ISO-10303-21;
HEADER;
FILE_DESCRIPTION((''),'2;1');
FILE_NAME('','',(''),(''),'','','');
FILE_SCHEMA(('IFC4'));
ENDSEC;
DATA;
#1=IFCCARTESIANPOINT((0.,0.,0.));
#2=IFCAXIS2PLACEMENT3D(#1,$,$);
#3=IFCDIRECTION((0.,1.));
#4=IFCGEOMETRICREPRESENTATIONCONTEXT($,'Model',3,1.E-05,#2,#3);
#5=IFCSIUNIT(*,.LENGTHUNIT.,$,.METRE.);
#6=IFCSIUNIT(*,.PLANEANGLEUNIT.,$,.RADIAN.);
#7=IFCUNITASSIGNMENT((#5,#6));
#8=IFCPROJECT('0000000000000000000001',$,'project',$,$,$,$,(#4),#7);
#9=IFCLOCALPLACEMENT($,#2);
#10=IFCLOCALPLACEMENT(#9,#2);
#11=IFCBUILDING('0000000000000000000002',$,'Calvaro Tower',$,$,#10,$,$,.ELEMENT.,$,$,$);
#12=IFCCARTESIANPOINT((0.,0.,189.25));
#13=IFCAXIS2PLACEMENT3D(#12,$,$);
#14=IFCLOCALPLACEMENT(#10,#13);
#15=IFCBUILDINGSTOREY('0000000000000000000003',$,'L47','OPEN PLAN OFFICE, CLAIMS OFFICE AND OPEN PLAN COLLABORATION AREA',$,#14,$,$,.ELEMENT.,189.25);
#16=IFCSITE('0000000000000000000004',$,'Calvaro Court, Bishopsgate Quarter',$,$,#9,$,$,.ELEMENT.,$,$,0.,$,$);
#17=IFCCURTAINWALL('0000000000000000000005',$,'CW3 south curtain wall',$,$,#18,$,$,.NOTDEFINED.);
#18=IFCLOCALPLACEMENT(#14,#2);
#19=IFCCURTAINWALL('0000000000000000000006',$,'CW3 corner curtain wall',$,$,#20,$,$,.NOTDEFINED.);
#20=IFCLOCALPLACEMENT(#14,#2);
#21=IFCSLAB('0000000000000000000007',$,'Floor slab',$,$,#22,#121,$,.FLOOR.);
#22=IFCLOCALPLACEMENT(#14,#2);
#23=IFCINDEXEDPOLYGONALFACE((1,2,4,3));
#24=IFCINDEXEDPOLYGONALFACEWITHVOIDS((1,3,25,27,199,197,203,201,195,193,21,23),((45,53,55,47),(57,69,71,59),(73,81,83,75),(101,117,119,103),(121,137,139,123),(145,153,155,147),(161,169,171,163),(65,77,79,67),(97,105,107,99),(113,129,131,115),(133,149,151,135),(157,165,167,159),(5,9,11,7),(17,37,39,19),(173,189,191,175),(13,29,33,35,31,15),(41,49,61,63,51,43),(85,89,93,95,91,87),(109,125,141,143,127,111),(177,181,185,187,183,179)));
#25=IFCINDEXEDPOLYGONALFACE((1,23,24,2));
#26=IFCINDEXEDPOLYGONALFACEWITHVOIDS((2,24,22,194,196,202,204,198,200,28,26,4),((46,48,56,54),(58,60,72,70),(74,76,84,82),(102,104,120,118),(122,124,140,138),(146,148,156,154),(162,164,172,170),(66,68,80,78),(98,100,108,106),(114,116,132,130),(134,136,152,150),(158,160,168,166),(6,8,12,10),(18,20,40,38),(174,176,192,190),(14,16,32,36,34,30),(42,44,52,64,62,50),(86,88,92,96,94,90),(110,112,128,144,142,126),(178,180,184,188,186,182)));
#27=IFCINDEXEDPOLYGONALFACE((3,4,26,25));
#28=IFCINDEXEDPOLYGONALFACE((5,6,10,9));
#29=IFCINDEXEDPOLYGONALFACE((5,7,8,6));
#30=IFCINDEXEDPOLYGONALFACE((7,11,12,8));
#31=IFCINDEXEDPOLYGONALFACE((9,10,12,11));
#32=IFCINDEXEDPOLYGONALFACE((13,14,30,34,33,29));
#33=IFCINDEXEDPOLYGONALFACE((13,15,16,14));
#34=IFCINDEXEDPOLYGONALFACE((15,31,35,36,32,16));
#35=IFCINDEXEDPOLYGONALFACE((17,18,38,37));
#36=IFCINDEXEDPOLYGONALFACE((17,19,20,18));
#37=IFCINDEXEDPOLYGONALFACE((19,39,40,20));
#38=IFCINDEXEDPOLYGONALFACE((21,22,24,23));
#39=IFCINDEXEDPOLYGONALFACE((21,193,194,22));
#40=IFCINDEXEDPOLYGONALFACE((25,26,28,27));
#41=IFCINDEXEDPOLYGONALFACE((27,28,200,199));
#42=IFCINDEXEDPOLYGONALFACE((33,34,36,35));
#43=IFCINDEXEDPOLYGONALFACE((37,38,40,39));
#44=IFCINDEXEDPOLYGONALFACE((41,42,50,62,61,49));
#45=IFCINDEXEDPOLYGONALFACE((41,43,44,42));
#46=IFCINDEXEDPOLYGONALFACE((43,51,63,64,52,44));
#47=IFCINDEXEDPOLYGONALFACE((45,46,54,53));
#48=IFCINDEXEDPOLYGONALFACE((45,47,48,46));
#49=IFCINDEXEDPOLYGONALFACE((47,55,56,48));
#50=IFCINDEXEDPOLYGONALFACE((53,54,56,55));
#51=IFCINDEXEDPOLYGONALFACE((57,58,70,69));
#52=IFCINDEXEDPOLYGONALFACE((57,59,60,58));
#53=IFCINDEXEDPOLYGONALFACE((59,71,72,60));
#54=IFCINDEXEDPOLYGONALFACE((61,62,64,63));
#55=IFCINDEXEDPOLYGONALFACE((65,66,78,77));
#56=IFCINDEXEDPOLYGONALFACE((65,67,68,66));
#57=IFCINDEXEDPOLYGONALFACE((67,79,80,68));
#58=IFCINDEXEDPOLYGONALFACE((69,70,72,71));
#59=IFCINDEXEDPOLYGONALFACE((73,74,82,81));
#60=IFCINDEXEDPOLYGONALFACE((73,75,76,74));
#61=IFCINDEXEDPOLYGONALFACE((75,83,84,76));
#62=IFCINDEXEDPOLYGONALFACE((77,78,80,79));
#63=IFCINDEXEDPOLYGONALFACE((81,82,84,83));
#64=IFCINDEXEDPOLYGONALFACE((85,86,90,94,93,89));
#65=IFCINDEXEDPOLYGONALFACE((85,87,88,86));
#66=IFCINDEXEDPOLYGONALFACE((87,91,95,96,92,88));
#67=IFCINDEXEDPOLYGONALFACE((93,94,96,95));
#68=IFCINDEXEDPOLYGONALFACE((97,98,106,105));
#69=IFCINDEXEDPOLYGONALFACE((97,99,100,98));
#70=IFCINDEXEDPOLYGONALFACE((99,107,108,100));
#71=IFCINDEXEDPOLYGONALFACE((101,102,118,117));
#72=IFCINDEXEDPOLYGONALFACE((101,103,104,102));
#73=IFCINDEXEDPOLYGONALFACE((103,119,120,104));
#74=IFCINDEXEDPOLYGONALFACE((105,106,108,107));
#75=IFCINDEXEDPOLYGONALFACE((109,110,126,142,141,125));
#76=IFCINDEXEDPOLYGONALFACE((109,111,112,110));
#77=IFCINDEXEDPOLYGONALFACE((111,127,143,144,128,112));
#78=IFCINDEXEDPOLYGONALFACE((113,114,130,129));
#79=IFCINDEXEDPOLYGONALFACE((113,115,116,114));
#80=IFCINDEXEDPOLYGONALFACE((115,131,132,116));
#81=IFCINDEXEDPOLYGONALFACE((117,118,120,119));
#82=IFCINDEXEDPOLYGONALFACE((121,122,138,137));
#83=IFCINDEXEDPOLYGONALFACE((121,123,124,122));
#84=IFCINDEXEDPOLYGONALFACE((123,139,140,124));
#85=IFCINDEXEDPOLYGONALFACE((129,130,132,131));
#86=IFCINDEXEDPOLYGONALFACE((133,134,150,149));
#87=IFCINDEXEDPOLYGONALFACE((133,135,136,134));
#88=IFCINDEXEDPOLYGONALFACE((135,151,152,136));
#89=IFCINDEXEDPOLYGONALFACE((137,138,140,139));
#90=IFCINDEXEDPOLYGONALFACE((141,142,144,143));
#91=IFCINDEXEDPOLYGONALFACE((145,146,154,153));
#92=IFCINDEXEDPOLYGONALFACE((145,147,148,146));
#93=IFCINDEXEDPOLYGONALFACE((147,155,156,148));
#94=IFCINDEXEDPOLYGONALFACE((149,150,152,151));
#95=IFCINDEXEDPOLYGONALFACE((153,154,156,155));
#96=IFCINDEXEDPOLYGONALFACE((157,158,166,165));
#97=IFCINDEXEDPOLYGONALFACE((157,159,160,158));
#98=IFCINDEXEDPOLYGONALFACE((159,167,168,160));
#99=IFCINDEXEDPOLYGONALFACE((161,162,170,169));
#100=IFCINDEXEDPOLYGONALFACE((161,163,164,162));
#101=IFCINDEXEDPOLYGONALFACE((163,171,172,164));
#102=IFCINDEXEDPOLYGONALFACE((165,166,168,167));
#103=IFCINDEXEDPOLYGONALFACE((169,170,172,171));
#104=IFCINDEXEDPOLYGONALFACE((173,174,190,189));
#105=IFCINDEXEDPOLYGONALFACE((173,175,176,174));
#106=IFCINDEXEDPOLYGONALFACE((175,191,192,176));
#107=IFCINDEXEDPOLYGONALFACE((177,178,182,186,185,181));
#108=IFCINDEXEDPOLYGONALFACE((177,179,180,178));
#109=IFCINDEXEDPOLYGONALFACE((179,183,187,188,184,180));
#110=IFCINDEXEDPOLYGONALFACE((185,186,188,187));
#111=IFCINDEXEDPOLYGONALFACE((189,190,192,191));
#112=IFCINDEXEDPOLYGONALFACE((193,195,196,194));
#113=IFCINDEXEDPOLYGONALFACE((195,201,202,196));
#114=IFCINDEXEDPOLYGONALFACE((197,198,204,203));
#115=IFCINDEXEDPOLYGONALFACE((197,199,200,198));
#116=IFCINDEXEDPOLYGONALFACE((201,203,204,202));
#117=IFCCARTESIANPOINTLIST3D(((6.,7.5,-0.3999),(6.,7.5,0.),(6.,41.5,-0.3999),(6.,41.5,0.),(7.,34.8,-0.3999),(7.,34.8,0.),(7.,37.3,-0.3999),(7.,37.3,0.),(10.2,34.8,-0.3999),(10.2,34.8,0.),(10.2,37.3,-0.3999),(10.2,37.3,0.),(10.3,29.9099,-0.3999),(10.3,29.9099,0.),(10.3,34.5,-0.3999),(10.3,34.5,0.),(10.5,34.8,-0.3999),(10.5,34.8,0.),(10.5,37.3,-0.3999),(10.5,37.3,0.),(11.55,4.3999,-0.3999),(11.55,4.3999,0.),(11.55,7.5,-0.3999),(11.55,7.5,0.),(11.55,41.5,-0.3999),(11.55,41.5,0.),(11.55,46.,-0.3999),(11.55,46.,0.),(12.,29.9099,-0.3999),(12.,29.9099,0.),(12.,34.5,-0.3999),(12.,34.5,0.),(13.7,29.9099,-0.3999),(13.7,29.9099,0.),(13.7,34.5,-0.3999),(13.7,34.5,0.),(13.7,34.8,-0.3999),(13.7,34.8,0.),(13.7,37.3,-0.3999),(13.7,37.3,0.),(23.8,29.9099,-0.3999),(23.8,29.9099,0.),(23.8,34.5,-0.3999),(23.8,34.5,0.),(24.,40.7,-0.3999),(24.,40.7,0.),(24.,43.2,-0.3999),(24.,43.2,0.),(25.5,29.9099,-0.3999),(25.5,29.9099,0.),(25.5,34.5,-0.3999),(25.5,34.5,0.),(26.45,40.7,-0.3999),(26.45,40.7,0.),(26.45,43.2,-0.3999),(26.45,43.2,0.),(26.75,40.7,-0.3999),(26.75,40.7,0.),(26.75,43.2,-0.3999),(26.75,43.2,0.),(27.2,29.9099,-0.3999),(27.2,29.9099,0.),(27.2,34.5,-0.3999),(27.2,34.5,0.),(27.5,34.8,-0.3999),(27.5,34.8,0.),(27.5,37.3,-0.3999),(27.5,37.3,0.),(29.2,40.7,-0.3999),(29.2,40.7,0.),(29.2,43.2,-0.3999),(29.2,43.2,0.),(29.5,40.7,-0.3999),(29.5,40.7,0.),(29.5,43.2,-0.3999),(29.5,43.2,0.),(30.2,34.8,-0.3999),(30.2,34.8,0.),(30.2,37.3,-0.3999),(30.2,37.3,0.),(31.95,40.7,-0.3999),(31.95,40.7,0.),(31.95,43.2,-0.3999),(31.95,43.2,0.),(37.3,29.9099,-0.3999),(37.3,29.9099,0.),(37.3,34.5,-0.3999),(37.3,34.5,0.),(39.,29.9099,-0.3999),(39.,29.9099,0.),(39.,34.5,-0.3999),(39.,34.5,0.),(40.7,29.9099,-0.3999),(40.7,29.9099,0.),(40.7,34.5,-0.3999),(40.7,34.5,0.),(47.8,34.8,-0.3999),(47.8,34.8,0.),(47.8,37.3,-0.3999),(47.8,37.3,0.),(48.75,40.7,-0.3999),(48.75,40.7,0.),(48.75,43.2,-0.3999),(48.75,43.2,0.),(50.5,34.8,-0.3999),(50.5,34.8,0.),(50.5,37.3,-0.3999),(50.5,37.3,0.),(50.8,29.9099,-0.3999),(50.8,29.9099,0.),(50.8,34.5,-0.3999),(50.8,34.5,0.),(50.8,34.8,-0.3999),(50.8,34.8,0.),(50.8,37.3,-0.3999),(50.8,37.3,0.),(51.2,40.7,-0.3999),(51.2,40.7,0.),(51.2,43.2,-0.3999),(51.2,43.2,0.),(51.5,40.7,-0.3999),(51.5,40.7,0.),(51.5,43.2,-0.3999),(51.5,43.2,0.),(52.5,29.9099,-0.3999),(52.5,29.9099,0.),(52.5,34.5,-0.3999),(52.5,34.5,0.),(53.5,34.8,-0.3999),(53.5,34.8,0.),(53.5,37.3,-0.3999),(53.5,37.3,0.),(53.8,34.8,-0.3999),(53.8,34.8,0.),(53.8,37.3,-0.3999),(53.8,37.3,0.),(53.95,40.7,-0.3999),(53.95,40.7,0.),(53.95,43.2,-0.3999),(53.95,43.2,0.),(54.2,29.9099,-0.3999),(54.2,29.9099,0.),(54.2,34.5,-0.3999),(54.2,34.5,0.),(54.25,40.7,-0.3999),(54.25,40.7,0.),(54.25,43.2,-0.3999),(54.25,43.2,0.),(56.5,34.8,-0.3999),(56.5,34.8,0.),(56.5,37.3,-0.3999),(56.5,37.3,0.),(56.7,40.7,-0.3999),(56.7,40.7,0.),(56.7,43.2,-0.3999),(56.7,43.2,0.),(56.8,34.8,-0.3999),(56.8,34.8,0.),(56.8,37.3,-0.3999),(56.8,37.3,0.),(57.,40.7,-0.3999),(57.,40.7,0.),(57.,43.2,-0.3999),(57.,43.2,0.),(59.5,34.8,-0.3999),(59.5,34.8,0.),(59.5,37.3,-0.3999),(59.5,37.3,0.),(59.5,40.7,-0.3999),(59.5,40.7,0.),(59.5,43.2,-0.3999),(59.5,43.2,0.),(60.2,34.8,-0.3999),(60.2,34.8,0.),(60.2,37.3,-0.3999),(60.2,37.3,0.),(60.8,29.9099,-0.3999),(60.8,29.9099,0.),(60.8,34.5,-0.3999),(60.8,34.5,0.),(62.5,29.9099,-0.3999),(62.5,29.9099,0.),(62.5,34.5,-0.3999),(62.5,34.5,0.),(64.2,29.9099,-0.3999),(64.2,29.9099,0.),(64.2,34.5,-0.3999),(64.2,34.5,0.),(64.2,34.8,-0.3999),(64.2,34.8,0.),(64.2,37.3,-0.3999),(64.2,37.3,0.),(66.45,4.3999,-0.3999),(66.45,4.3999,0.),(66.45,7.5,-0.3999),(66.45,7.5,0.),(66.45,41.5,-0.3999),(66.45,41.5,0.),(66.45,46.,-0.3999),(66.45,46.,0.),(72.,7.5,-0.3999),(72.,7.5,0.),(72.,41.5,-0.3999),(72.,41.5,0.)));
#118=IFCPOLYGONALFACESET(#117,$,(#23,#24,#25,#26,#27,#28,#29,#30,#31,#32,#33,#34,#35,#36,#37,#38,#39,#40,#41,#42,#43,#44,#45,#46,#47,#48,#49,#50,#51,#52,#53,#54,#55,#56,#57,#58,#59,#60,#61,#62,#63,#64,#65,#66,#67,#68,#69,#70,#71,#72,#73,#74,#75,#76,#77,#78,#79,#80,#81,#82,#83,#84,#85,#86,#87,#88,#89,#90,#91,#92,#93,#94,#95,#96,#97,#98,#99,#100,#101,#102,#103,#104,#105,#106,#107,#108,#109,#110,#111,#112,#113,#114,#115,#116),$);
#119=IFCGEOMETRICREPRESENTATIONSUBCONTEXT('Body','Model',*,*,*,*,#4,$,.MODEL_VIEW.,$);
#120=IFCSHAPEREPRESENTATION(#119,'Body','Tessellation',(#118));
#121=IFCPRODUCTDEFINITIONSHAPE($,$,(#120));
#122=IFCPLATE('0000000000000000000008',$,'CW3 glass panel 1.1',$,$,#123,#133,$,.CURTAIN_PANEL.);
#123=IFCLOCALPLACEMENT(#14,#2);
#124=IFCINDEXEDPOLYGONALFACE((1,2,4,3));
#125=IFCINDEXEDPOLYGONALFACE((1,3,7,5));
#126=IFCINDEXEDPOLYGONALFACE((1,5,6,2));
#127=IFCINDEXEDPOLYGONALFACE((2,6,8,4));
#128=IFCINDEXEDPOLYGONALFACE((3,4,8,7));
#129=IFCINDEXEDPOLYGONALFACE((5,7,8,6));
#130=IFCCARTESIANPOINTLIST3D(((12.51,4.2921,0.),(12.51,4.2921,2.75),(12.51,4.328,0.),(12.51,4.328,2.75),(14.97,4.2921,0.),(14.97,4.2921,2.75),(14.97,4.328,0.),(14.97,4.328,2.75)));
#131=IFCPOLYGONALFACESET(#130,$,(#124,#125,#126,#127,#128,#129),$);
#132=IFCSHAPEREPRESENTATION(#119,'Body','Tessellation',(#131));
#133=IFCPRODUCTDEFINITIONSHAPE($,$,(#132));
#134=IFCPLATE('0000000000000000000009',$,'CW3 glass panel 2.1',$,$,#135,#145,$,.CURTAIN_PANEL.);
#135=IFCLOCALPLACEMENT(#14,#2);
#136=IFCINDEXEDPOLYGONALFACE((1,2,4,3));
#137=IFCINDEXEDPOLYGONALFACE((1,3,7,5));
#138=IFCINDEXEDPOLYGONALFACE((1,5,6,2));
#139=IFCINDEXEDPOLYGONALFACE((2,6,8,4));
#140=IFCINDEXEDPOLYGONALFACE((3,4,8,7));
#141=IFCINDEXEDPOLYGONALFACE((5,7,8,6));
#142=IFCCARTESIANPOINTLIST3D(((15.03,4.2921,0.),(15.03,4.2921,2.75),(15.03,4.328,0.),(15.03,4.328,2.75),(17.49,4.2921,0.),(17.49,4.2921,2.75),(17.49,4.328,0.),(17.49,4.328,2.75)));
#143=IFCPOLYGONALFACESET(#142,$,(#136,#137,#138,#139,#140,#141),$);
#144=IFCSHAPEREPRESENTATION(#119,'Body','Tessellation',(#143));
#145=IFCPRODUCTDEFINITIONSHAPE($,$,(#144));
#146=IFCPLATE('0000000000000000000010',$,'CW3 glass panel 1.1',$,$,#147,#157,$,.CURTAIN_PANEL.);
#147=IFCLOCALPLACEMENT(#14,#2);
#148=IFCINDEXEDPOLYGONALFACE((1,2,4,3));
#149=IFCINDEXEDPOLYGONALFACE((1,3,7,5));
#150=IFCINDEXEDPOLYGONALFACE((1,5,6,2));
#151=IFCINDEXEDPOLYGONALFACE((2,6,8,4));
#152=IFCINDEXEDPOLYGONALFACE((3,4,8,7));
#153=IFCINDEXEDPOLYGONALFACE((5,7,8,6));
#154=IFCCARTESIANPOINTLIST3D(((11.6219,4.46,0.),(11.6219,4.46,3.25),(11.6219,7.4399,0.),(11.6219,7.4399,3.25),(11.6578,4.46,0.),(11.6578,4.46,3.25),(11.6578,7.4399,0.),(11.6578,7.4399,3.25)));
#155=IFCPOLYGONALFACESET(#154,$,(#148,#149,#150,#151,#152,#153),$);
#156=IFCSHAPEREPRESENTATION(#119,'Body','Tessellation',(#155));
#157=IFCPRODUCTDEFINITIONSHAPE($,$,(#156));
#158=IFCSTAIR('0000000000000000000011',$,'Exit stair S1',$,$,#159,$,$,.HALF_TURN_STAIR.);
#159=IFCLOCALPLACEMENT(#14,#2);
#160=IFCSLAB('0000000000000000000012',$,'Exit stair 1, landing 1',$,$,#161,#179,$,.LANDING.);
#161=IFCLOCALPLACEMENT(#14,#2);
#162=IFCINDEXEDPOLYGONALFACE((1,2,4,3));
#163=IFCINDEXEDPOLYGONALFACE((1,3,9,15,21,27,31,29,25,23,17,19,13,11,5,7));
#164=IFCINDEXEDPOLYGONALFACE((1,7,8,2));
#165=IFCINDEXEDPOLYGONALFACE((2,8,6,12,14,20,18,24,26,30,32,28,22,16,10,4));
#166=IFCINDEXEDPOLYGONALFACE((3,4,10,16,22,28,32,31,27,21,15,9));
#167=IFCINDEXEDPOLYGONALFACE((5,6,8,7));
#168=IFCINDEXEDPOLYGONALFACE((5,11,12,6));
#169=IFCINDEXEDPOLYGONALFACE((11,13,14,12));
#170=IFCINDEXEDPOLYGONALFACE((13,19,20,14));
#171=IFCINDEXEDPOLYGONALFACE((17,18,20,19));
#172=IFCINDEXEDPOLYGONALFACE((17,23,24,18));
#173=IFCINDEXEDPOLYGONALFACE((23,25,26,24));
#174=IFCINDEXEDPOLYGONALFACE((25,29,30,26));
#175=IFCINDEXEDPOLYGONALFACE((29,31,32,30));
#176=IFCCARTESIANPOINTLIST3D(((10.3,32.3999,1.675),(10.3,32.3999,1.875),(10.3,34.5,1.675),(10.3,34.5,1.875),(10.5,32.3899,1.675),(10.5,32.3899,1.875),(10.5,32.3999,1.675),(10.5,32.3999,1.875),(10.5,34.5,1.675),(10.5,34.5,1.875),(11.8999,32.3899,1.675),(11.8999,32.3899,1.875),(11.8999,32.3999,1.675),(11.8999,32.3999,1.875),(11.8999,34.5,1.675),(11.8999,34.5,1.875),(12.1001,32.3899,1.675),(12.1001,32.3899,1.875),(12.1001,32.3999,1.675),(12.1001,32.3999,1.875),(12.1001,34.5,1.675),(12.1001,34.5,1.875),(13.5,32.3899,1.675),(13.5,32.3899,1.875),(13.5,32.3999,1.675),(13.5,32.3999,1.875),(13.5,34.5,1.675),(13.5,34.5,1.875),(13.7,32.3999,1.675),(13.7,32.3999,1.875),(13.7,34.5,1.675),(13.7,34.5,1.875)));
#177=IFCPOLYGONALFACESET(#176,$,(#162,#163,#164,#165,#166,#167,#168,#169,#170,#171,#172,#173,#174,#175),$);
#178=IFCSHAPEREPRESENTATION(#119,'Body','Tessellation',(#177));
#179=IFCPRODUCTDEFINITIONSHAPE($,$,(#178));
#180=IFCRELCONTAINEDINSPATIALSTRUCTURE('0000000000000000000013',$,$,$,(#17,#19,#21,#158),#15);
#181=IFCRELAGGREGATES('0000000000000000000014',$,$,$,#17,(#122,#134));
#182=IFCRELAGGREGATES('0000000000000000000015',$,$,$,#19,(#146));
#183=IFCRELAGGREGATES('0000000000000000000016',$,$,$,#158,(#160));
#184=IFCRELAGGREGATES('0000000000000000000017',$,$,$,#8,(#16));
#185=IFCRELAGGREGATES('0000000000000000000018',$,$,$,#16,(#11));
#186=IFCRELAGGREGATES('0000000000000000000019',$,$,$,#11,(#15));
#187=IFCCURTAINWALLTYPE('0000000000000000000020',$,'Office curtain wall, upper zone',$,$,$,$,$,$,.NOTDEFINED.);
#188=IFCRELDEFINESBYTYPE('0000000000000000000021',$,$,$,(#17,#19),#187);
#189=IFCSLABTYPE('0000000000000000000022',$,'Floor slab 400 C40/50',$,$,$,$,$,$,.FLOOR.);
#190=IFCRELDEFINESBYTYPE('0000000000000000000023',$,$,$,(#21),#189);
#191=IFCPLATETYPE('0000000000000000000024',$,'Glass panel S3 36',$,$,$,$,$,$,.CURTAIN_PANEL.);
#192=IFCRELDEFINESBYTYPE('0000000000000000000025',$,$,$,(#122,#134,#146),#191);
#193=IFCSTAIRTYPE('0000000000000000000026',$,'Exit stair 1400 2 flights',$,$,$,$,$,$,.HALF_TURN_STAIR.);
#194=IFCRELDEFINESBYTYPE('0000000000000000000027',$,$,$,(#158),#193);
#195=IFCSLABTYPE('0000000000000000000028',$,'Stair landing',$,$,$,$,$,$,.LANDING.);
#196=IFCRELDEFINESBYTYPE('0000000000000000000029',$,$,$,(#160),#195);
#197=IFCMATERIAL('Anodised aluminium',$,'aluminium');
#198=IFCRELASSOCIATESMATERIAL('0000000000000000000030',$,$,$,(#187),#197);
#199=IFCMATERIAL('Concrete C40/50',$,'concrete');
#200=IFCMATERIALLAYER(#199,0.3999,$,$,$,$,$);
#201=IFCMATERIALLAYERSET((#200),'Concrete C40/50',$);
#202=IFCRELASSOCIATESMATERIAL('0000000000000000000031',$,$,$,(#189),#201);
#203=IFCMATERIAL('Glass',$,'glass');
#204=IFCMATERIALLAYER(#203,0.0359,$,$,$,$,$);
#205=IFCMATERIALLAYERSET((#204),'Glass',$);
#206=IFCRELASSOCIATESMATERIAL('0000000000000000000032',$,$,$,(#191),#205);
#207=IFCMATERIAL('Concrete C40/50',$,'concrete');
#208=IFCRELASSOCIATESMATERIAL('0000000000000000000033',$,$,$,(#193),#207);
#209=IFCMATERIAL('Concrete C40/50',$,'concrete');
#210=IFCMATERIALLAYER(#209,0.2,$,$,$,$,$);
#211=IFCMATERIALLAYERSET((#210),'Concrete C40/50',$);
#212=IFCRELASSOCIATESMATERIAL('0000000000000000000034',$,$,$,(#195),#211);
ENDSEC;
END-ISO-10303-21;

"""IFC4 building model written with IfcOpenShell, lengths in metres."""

from ifc_helpers import new_model, si_unit, direction, frame, origin, origin_2d, place, context, subcontext, project, spatial, polyline, rectangle, outline, extrude, material, layer, layer_set, type_object, element, aggregate, save


model = new_model("IFC4")

# Units and contexts
model_context = context("Model", 3, precision=1e-05, world=origin(), true_north=direction((0.0, 1.0)))
body_context = subcontext(model_context, "Body", "Model", "MODEL_VIEW")
ifc_project = project(units=[si_unit("LENGTHUNIT", "METRE"), si_unit("PLANEANGLEUNIT", "RADIAN")], contexts=[model_context])

# Site, building, storey
site_placement = place(None, origin())
site = spatial("IfcSite", under=ifc_project, at=site_placement, Name="Calvaro Court, Bishopsgate Quarter", CompositionType="ELEMENT", RefElevation=0.0)
building_placement = place(site_placement, origin())
building = spatial("IfcBuilding", under=site, at=building_placement, Name="Calvaro Tower", CompositionType="ELEMENT")
storey_placement = place(building_placement, frame((0.0, 0.0, 189.25)))
storey = spatial("IfcBuildingStorey", under=building, at=storey_placement, Name="L47", Description="OPEN PLAN OFFICE, CLAIMS OFFICE AND OPEN PLAN COLLABORATION AREA", CompositionType="ELEMENT", Elevation=189.25)

# Curtain walls
ifc_material_1 = material(Name="Anodised aluminium", Category="aluminium")
curtain_wall_type = type_object("IfcCurtainWallType", Name="Office curtain wall, upper zone", PredefinedType="NOTDEFINED", material=ifc_material_1)
curtain_wall_1_placement = place(storey_placement, origin())
curtain_wall_1 = element("IfcCurtainWall", 1, at=curtain_wall_1_placement, inside=storey, type_object=curtain_wall_type, Name="CW3 south curtain wall", PredefinedType="NOTDEFINED")
curtain_wall_2_placement = place(storey_placement, origin())
curtain_wall_2 = element("IfcCurtainWall", 2, at=curtain_wall_2_placement, inside=storey, type_object=curtain_wall_type, Name="CW3 corner curtain wall", PredefinedType="NOTDEFINED")

# Slab
ifc_material_2 = material(Name="Concrete C40/50", Category="concrete")
ifc_layer_1 = layer(ifc_material_2, 0.3999)
ifc_layer_set_1 = layer_set([ifc_layer_1], Name="Concrete C40/50")
slab_type_1 = type_object("IfcSlabType", Name="Floor slab 400 C40/50", PredefinedType="FLOOR", material=ifc_layer_set_1)
slab_1_placement = place(storey_placement, frame((0.0, 0.0, -0.3999)))
element("IfcSlab", 3, at=slab_1_placement, inside=storey, type_object=slab_type_1, Name="Floor slab", PredefinedType="FLOOR", context=body_context, shape_type="SweptSolid", body=[
    extrude(outline(polyline([(66.45, 7.5), (66.45, 4.3999), (11.55, 4.3999), (11.55, 7.5), (6.0, 7.5), (6.0, 41.5), (11.55, 41.5), (11.55, 46.0), (66.45, 46.0), (66.45, 41.5), (72.0, 41.5), (72.0, 7.5), (66.45, 7.5)]), holes=[polyline([(10.3, 29.9099), (10.3, 34.5), (12.0, 34.5), (13.7, 34.5), (13.7, 29.9099), (12.0, 29.9099), (10.3, 29.9099)]), polyline([(23.8, 29.9099), (23.8, 34.5), (25.5, 34.5), (27.2, 34.5), (27.2, 29.9099), (25.5, 29.9099), (23.8, 29.9099)]), polyline([(37.3, 29.9099), (37.3, 34.5), (39.0, 34.5), (40.7, 34.5), (40.7, 29.9099), (39.0, 29.9099), (37.3, 29.9099)]), polyline([(50.8, 29.9099), (50.8, 34.5), (52.5, 34.5), (54.2, 34.5), (54.2, 29.9099), (52.5, 29.9099), (50.8, 29.9099)]), polyline([(60.8, 29.9099), (60.8, 34.5), (62.5, 34.5), (64.2, 34.5), (64.2, 29.9099), (62.5, 29.9099), (60.8, 29.9099)]), polyline([(50.8, 34.8), (53.5, 34.8), (53.5, 37.3), (50.8, 37.3), (50.8, 34.8)]), polyline([(53.8, 34.8), (56.5, 34.8), (56.5, 37.3), (53.8, 37.3), (53.8, 34.8)]), polyline([(56.8, 34.8), (59.5, 34.8), (59.5, 37.3), (56.8, 37.3), (56.8, 34.8)]), polyline([(24.0, 40.7), (26.45, 40.7), (26.45, 43.2), (24.0, 43.2), (24.0, 40.7)]), polyline([(26.75, 40.7), (29.2, 40.7), (29.2, 43.2), (26.75, 43.2), (26.75, 40.7)]), polyline([(29.5, 40.7), (31.95, 40.7), (31.95, 43.2), (29.5, 43.2), (29.5, 40.7)]), polyline([(48.75, 40.7), (51.2, 40.7), (51.2, 43.2), (48.75, 43.2), (48.75, 40.7)]), polyline([(51.5, 40.7), (53.95, 40.7), (53.95, 43.2), (51.5, 43.2), (51.5, 40.7)]), polyline([(54.25, 40.7), (56.7, 40.7), (56.7, 43.2), (54.25, 43.2), (54.25, 40.7)]), polyline([(57.0, 40.7), (59.5, 40.7), (59.5, 43.2), (57.0, 43.2), (57.0, 40.7)]), polyline([(7.0, 34.8), (10.2, 34.8), (10.2, 37.3), (7.0, 37.3), (7.0, 34.8)]), polyline([(10.5, 34.8), (13.7, 34.8), (13.7, 37.3), (10.5, 37.3), (10.5, 34.8)]), polyline([(60.2, 34.8), (64.2, 34.8), (64.2, 37.3), (60.2, 37.3), (60.2, 34.8)]), polyline([(27.5, 34.8), (30.2, 34.8), (30.2, 37.3), (27.5, 37.3), (27.5, 34.8)]), polyline([(47.8, 34.8), (50.5, 34.8), (50.5, 37.3), (47.8, 37.3), (47.8, 34.8)])]), origin(), (0.0, 0.0, 1.0), 0.3999),
])

# Plates
ifc_material_3 = material(Name="Glass", Category="glass")
ifc_layer_2 = layer(ifc_material_3, 0.0359)
ifc_layer_set_2 = layer_set([ifc_layer_2], Name="Glass")
plate_type = type_object("IfcPlateType", Name="Glass panel S3 36", PredefinedType="CURTAIN_PANEL", material=ifc_layer_set_2)
plate_1_placement = place(storey_placement, frame((13.74, 4.3101, 0.0), z_axis=(0.0, 0.0, 1.0), x_axis=(1.0, 0.0, 0.0)))
plate_1 = element("IfcPlate", 4, at=plate_1_placement, type_object=plate_type, Name="CW3 glass panel 1.1", PredefinedType="CURTAIN_PANEL", context=body_context, shape_type="SweptSolid", body=[
    extrude(rectangle(XDim=2.46, YDim=0.0359, at=origin_2d()), origin(), (0.0, 0.0, 1.0), 2.75),
])
plate_2_placement = place(storey_placement, frame((16.26, 4.3101, 0.0), z_axis=(0.0, 0.0, 1.0), x_axis=(1.0, 0.0, 0.0)))
plate_2 = element("IfcPlate", 5, at=plate_2_placement, type_object=plate_type, Name="CW3 glass panel 2.1", PredefinedType="CURTAIN_PANEL", context=body_context, shape_type="SweptSolid", body=[
    extrude(rectangle(XDim=2.46, YDim=0.0359, at=origin_2d()), origin(), (0.0, 0.0, 1.0), 2.75),
])
aggregate(curtain_wall_1, [plate_1, plate_2])
plate_3_placement = place(storey_placement, frame((11.6399, 5.95, 0.0), z_axis=(0.0, 0.0, 1.0), x_axis=(0.0, 1.0, 0.0)))
plate_3 = element("IfcPlate", 6, at=plate_3_placement, type_object=plate_type, Name="CW3 glass panel 1.1", PredefinedType="CURTAIN_PANEL", context=body_context, shape_type="SweptSolid", body=[
    extrude(rectangle(XDim=2.98, YDim=0.0359, at=origin_2d()), origin(), (0.0, 0.0, 1.0), 3.25),
])
aggregate(curtain_wall_2, [plate_3])

# Stair, slab
ifc_material_4 = material(Name="Concrete C40/50", Category="concrete")
stair_type = type_object("IfcStairType", Name="Exit stair 1400 2 flights", PredefinedType="HALF_TURN_STAIR", material=ifc_material_4)
stair_1_placement = place(storey_placement, origin())
stair_1 = element("IfcStair", 7, at=stair_1_placement, inside=storey, type_object=stair_type, Name="Exit stair S1", PredefinedType="HALF_TURN_STAIR")
ifc_material_5 = material(Name="Concrete C40/50", Category="concrete")
ifc_layer_3 = layer(ifc_material_5, 0.2)
ifc_layer_set_3 = layer_set([ifc_layer_3], Name="Concrete C40/50")
slab_type_2 = type_object("IfcSlabType", Name="Stair landing", PredefinedType="LANDING", material=ifc_layer_set_3)
slab_2_placement = place(storey_placement, frame((0.0, 0.0, 1.675)))
slab_2 = element("IfcSlab", 8, at=slab_2_placement, type_object=slab_type_2, Name="Exit stair 1, landing 1", PredefinedType="LANDING", context=body_context, shape_type="SweptSolid", body=[
    extrude(outline(polyline([(11.8999, 32.3899), (10.5, 32.3899), (10.5, 32.3999), (10.3, 32.3999), (10.3, 34.5), (10.5, 34.5), (11.8999, 34.5), (12.1001, 34.5), (13.5, 34.5), (13.7, 34.5), (13.7, 32.3999), (13.5, 32.3999), (13.5, 32.3899), (12.1001, 32.3899), (12.1001, 32.3999), (11.8999, 32.3999), (11.8999, 32.3899)])), origin(), (0.0, 0.0, 1.0), 0.2),
])
aggregate(stair_1, [slab_2])

save(model, "model.ifc")
